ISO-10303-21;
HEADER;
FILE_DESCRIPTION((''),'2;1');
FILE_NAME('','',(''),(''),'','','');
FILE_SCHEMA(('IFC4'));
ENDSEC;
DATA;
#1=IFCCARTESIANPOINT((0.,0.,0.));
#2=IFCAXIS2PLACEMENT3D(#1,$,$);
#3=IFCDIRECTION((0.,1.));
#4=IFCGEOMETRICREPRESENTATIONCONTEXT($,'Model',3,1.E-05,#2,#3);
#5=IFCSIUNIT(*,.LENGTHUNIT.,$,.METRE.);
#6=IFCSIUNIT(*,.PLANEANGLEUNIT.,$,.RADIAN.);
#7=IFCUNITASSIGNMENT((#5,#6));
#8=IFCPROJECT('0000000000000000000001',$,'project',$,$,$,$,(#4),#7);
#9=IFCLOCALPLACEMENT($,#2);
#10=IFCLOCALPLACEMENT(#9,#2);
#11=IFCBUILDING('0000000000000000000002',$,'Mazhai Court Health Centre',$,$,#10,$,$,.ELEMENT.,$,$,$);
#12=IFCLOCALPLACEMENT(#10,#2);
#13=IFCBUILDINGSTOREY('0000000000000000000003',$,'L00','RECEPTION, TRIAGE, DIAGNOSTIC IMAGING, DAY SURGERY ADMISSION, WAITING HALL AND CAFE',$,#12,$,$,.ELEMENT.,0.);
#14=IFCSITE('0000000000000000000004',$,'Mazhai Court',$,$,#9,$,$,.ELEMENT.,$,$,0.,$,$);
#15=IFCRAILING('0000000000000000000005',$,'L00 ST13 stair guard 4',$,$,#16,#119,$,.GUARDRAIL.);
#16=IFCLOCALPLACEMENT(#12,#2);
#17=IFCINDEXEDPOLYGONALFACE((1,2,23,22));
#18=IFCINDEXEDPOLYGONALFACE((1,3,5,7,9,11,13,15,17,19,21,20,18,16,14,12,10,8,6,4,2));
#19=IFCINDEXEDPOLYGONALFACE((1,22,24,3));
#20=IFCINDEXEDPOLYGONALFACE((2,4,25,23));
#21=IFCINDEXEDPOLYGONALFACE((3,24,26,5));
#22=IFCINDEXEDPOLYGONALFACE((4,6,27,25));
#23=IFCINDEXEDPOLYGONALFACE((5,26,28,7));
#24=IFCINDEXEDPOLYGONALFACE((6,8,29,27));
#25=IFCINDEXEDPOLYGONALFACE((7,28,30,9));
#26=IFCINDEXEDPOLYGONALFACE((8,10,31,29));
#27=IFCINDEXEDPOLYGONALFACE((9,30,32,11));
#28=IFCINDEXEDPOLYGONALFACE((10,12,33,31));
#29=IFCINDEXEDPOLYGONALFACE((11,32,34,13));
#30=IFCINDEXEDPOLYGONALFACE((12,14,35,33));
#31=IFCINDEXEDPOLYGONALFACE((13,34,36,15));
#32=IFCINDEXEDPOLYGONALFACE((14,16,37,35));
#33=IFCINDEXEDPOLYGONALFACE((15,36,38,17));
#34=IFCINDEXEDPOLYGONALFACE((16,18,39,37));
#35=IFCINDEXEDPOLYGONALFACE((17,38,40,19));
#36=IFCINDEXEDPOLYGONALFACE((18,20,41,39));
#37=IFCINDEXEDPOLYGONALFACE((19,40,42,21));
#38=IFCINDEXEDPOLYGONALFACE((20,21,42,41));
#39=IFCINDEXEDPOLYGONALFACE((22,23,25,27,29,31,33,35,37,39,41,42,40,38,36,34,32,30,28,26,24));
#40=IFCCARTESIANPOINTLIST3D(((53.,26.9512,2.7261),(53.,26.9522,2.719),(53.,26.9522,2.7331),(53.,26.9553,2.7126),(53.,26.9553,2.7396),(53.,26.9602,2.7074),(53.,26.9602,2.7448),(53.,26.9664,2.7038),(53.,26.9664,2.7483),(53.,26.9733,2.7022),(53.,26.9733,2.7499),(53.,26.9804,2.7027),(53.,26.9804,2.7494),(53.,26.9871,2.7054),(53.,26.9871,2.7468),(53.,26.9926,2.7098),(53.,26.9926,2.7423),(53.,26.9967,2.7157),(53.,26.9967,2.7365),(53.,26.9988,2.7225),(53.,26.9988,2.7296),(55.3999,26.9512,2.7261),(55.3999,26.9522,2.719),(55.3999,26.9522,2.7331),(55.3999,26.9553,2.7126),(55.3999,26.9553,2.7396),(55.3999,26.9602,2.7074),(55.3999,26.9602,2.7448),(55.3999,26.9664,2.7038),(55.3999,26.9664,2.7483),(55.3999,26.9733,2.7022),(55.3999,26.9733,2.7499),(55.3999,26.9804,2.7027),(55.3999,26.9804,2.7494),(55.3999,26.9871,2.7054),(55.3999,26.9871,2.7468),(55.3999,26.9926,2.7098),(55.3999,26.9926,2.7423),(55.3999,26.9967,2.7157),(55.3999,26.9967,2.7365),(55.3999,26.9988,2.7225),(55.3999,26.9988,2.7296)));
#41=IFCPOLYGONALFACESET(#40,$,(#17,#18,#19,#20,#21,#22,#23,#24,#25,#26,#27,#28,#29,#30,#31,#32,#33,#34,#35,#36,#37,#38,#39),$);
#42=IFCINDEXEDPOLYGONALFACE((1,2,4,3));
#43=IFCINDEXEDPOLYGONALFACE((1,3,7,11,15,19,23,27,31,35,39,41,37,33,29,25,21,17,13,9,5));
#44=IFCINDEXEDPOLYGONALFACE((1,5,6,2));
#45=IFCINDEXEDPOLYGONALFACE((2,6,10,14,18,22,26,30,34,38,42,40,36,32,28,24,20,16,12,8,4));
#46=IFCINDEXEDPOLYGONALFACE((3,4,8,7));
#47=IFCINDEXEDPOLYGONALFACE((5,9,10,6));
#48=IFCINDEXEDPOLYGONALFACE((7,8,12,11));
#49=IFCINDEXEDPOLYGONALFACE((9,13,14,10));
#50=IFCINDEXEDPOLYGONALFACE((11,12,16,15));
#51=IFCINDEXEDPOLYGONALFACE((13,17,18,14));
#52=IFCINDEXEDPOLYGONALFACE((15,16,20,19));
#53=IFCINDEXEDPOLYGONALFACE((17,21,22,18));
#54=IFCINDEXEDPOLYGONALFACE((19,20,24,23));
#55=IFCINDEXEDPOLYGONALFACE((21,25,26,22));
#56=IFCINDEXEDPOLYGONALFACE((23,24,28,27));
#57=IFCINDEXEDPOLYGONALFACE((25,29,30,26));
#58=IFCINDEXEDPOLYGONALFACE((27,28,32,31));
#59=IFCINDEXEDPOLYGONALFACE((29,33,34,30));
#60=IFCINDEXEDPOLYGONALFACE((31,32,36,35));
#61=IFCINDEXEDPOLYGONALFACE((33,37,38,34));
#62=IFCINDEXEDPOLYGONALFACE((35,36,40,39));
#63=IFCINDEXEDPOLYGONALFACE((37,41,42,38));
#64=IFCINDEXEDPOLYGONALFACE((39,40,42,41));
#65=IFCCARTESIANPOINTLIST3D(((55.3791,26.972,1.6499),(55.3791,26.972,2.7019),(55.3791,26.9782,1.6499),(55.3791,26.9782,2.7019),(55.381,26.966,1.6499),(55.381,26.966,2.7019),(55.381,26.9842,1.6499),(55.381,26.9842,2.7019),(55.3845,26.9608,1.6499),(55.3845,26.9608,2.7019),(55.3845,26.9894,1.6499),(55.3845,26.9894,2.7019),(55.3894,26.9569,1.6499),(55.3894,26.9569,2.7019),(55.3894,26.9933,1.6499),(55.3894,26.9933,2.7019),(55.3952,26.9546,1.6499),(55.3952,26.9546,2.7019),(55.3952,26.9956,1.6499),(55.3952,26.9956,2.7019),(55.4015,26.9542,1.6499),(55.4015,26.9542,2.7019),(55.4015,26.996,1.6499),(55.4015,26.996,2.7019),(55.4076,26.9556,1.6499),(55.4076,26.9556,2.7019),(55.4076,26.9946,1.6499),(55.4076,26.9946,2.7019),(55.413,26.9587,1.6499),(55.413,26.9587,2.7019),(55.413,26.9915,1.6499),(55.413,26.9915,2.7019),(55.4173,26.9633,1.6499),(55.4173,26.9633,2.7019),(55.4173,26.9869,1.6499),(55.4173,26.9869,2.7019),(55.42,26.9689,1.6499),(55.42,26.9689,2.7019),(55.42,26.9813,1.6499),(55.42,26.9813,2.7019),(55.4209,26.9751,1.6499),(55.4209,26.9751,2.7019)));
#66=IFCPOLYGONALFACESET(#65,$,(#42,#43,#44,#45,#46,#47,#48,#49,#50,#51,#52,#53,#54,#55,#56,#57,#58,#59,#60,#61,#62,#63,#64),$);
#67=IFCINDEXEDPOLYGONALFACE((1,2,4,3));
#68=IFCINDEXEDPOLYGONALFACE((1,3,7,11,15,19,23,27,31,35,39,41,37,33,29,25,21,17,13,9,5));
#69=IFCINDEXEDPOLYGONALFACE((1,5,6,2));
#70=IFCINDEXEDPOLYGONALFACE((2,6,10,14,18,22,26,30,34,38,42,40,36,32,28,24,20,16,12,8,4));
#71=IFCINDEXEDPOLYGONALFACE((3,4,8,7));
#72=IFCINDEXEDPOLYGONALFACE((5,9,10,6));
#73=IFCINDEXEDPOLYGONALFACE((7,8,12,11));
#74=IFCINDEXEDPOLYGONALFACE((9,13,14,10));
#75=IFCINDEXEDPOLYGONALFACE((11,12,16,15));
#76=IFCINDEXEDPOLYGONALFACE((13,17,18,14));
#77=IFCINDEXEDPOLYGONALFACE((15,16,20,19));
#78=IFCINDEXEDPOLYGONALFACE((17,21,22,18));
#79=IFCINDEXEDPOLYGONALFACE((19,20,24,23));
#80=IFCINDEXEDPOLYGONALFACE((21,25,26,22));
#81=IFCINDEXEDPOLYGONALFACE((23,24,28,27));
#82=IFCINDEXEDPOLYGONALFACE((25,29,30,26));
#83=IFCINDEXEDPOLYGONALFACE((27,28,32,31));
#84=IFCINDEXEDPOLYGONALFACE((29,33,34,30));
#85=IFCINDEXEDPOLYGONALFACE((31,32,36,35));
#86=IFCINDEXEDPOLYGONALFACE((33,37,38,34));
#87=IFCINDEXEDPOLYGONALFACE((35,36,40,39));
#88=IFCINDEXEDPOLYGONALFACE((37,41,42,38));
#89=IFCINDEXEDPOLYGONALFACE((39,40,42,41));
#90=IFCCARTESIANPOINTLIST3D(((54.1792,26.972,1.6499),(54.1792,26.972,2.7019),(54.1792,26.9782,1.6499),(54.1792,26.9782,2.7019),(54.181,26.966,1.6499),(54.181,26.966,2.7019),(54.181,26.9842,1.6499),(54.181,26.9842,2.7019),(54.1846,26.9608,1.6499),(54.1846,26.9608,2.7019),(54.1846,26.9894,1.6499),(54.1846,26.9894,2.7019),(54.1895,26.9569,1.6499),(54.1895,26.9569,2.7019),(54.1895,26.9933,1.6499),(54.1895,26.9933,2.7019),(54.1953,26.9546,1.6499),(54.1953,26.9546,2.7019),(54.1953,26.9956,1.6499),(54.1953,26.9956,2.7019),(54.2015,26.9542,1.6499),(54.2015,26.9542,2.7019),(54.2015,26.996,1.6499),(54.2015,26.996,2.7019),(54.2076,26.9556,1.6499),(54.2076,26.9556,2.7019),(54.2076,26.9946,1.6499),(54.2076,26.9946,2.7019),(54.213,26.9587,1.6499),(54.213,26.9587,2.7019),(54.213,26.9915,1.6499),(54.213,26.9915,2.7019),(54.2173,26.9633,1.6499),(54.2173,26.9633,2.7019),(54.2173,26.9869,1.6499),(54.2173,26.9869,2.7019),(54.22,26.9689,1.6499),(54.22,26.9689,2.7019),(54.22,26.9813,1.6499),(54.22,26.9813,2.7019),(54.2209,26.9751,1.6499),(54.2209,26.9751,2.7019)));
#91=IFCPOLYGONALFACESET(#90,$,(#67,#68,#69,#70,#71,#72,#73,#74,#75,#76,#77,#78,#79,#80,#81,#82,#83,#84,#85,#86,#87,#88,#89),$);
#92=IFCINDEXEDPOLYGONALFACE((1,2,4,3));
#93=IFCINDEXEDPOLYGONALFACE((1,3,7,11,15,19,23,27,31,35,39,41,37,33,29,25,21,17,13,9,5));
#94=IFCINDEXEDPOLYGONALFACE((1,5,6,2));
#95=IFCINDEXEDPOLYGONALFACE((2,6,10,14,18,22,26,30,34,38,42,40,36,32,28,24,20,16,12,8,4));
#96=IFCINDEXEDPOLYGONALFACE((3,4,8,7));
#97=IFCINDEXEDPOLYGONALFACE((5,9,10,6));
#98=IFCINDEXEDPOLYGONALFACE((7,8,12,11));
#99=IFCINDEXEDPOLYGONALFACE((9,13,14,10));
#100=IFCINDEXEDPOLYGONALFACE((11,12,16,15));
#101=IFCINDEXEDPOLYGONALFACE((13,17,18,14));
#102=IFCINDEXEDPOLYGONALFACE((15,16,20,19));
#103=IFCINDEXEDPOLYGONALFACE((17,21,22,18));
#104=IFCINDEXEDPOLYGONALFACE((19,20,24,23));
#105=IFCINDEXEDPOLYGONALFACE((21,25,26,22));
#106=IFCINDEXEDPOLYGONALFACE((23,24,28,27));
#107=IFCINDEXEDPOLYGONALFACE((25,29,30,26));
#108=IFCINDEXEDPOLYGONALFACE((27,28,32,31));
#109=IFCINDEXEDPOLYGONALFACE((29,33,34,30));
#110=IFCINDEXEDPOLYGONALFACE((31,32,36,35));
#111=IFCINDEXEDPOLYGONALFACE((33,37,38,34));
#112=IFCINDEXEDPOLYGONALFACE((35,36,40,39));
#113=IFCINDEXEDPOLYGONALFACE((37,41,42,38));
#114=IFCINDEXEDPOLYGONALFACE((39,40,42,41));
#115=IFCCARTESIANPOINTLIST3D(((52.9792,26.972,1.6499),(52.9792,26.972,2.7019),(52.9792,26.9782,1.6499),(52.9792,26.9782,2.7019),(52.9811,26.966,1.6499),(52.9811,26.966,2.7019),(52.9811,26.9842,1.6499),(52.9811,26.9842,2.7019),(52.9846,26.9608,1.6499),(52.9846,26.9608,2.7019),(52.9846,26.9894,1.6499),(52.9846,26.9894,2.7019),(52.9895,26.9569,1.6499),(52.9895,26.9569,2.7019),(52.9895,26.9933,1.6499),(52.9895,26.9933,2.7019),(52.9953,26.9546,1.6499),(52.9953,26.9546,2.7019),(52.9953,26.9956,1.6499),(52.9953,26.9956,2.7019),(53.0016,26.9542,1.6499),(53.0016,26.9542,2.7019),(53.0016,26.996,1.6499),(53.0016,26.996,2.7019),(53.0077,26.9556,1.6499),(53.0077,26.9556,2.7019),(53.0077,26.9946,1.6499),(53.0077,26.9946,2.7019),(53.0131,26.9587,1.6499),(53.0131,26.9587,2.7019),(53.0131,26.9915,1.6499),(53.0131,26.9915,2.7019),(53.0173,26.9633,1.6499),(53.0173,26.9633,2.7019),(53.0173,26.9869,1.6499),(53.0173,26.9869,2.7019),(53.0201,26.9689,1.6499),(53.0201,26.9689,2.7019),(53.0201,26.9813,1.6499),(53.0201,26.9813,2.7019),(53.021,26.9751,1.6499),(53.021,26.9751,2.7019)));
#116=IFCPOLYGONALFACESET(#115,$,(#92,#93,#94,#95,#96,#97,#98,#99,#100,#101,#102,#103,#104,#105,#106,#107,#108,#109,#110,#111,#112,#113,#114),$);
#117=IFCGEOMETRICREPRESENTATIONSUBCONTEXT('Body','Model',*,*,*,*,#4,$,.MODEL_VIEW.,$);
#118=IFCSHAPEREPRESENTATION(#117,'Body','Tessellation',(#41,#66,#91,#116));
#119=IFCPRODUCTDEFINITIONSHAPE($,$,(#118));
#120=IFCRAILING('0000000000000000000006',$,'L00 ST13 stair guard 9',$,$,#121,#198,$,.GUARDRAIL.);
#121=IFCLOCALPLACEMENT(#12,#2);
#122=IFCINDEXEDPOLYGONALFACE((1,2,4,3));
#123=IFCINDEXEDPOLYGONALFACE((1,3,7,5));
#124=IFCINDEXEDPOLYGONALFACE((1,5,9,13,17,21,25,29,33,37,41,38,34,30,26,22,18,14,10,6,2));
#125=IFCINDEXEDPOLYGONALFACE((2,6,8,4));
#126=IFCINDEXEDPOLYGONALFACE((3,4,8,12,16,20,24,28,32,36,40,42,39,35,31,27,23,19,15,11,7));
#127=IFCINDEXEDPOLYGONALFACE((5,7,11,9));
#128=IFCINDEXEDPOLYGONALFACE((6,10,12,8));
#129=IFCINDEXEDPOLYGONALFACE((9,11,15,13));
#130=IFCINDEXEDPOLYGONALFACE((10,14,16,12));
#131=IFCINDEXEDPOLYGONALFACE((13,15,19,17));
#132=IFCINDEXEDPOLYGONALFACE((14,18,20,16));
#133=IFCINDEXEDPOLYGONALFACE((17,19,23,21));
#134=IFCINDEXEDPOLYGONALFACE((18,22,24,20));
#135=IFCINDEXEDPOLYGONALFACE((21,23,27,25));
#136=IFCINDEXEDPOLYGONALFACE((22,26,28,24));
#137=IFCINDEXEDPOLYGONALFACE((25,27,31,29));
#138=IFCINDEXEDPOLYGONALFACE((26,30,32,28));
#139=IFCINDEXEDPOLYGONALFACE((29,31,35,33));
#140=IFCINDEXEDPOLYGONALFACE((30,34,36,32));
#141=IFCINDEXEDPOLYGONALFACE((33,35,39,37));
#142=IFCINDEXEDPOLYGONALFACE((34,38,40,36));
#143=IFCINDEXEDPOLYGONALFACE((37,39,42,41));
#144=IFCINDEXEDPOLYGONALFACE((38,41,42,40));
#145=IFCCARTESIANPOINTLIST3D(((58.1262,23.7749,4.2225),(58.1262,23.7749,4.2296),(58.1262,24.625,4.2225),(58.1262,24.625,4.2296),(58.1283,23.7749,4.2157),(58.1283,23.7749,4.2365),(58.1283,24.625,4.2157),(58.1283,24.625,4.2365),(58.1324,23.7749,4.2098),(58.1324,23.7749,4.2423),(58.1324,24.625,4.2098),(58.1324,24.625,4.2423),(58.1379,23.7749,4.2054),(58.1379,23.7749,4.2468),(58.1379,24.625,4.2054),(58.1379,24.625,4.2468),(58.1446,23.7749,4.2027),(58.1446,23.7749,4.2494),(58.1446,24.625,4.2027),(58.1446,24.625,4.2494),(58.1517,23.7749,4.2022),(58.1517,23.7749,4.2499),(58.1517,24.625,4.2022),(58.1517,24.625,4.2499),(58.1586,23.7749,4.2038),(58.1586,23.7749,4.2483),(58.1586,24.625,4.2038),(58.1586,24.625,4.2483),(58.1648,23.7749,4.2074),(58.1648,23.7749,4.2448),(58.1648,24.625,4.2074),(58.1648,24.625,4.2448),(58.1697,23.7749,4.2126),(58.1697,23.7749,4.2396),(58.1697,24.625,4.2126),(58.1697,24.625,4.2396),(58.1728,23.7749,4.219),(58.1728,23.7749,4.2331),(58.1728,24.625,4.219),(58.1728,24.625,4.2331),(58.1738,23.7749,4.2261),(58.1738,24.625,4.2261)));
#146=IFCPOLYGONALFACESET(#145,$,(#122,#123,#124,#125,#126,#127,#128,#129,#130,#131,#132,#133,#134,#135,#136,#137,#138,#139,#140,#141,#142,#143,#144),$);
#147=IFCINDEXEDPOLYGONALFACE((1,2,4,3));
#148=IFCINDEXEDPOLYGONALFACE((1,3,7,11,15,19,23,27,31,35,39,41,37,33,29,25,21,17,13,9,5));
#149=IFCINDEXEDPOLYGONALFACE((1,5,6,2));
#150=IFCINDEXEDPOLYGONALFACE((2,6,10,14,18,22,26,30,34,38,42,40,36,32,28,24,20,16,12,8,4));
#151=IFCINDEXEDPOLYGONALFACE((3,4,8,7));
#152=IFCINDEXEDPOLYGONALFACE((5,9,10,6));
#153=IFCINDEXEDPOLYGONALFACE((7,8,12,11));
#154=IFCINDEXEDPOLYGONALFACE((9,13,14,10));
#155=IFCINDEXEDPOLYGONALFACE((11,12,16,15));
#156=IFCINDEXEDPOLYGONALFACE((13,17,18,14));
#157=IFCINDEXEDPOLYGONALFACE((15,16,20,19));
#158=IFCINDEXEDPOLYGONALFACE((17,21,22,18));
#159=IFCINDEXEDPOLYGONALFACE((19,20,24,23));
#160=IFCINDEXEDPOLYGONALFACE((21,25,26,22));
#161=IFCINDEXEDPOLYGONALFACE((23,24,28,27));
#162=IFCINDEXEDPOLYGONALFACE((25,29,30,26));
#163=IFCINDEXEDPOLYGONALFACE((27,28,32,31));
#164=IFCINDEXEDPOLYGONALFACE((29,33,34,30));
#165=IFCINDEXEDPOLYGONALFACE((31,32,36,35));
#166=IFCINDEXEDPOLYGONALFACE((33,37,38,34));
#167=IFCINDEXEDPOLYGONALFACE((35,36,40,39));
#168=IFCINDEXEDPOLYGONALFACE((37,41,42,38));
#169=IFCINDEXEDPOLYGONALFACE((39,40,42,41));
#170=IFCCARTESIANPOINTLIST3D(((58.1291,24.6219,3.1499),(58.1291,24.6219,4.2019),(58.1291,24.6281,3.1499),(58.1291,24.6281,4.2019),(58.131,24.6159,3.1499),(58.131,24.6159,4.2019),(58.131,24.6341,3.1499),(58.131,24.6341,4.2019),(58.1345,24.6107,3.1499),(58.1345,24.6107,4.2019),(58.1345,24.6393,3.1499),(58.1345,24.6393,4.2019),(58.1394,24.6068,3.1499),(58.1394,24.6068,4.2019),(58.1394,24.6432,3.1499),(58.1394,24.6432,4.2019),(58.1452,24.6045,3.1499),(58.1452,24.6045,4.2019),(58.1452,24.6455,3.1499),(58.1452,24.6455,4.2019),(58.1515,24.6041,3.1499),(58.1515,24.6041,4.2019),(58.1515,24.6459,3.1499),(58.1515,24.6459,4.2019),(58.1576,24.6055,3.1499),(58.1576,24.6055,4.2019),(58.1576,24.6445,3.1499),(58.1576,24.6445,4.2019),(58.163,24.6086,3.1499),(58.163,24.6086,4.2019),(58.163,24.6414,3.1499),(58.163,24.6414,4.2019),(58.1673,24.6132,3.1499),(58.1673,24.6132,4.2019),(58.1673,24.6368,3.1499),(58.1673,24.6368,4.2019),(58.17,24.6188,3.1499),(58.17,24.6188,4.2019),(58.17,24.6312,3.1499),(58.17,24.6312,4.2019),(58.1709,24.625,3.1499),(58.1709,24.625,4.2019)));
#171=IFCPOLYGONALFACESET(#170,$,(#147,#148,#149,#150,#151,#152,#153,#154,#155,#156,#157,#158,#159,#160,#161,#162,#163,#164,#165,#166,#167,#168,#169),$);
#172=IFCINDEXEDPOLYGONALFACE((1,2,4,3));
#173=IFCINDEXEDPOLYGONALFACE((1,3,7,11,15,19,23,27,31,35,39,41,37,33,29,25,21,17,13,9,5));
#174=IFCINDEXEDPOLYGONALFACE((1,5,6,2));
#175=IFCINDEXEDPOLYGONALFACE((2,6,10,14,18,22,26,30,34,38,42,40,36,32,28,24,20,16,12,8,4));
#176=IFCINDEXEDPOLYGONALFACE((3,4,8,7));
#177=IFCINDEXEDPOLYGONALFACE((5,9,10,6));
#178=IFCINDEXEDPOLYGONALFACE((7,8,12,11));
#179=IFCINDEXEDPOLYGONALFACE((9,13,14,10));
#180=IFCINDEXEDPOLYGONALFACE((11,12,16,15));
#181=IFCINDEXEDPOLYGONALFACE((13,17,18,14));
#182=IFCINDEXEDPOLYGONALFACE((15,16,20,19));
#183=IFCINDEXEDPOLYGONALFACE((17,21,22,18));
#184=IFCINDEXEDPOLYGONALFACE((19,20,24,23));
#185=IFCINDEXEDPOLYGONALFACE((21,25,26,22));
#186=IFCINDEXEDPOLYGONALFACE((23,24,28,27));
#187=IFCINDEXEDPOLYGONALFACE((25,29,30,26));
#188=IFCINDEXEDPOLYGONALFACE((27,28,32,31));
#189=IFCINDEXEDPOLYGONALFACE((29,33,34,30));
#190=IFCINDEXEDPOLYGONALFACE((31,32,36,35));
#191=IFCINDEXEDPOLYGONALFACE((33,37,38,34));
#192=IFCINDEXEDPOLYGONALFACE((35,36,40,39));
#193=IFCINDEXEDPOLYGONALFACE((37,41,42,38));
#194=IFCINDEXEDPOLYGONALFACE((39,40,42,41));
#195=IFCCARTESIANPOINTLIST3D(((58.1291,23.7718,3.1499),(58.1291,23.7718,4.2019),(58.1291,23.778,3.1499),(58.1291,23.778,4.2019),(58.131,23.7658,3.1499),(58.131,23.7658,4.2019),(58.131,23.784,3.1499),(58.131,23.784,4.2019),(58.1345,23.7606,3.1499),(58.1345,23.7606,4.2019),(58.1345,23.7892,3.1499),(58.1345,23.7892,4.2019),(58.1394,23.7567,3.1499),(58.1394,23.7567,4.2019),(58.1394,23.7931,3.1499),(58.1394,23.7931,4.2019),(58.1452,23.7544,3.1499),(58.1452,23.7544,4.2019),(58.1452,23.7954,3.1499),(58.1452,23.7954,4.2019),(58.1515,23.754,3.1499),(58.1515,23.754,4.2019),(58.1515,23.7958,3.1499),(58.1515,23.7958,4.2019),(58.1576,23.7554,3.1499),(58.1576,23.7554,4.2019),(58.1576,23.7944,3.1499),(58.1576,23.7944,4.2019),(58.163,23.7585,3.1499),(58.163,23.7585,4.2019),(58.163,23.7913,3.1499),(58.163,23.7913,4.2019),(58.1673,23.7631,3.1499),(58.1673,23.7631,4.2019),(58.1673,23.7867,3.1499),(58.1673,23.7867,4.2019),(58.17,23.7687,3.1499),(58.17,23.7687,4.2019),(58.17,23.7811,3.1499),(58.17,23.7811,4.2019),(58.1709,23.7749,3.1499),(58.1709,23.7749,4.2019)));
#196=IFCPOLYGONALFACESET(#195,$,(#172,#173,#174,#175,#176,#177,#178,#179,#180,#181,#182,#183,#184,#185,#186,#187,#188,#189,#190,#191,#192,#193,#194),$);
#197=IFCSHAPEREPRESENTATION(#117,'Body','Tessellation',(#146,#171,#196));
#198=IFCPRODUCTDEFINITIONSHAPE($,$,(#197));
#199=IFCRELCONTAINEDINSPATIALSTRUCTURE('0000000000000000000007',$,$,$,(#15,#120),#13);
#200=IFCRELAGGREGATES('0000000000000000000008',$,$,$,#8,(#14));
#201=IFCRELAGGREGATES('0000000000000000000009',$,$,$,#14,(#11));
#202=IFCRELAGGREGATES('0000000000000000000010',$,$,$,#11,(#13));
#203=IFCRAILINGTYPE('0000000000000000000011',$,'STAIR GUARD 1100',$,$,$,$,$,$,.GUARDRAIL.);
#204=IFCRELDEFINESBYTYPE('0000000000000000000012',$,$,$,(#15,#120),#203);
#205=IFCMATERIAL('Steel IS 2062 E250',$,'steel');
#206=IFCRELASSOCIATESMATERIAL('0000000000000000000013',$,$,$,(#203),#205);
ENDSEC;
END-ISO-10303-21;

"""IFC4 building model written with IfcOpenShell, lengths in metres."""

from ifc_helpers import new_model, si_unit, direction, frame, origin, origin_2d, place, context, subcontext, project, spatial, circle, extrude, material, type_object, element, save


model = new_model("IFC4")

# Units and contexts
model_context = context("Model", 3, precision=1e-05, world=origin(), true_north=direction((0.0, 1.0)))
body_context = subcontext(model_context, "Body", "Model", "MODEL_VIEW")
ifc_project = project(units=[si_unit("LENGTHUNIT", "METRE"), si_unit("PLANEANGLEUNIT", "RADIAN")], contexts=[model_context])

# Site, building, storey
site_placement = place(None, origin())
site = spatial("IfcSite", under=ifc_project, at=site_placement, Name="Mazhai Court", CompositionType="ELEMENT", RefElevation=0.0)
building_placement = place(site_placement, origin())
building = spatial("IfcBuilding", under=site, at=building_placement, Name="Mazhai Court Health Centre", CompositionType="ELEMENT")
storey_placement = place(building_placement, origin())
storey = spatial("IfcBuildingStorey", under=building, at=storey_placement, Name="L00", Description="RECEPTION, TRIAGE, DIAGNOSTIC IMAGING, DAY SURGERY ADMISSION, WAITING HALL AND CAFE", CompositionType="ELEMENT", Elevation=0.0)

# Railings
ifc_material_1 = material(Name="Steel IS 2062 E250", Category="steel")
railing_type_1 = type_object("IfcRailingType", Name="STAIR GUARD 1100", PredefinedType="GUARDRAIL", material=ifc_material_1)
railing_1_placement = place(storey_placement, frame((55.3999, 26.9751, 1.6499)))
element("IfcRailing", 1, at=railing_1_placement, inside=storey, type_object=railing_type_1, Name="L00 ST13 stair guard 4", PredefinedType="GUARDRAIL", context=body_context, shape_type="SweptSolid", body=[
    extrude(circle(Radius=0.0239, at=origin_2d()), frame((0.0, 0.0, 1.0762), z_axis=(-1.0, 0.0, 0.0), x_axis=(0.0, -1.0, 0.0)), (0.0, 0.0, 1.0), 2.3999),
    extrude(circle(Radius=0.021, at=origin_2d()), origin(), (0.0, 0.0, 1.0), 1.052),
    extrude(circle(Radius=0.021, at=origin_2d()), frame((-1.2, 0.0, 0.0)), (0.0, 0.0, 1.0), 1.052),
    extrude(circle(Radius=0.021, at=origin_2d()), frame((-2.3999, 0.0, 0.0)), (0.0, 0.0, 1.0), 1.052),
])
railing_2_placement = place(storey_placement, frame((58.1499, 24.625, 3.1499)))
element("IfcRailing", 2, at=railing_2_placement, inside=storey, type_object=railing_type_1, Name="L00 ST13 stair guard 9", PredefinedType="GUARDRAIL", context=body_context, shape_type="SweptSolid", body=[
    extrude(circle(Radius=0.0239, at=origin_2d()), frame((0.0, 0.0, 1.0762), z_axis=(0.0, -1.0, 0.0), x_axis=(1.0, 0.0, 0.0)), (0.0, 0.0, 1.0), 0.8501),
    extrude(circle(Radius=0.021, at=origin_2d()), origin(), (0.0, 0.0, 1.0), 1.052),
    extrude(circle(Radius=0.021, at=origin_2d()), frame((0.0, -0.8501, 0.0)), (0.0, 0.0, 1.0), 1.052),
])

save(model, "model.ifc")
